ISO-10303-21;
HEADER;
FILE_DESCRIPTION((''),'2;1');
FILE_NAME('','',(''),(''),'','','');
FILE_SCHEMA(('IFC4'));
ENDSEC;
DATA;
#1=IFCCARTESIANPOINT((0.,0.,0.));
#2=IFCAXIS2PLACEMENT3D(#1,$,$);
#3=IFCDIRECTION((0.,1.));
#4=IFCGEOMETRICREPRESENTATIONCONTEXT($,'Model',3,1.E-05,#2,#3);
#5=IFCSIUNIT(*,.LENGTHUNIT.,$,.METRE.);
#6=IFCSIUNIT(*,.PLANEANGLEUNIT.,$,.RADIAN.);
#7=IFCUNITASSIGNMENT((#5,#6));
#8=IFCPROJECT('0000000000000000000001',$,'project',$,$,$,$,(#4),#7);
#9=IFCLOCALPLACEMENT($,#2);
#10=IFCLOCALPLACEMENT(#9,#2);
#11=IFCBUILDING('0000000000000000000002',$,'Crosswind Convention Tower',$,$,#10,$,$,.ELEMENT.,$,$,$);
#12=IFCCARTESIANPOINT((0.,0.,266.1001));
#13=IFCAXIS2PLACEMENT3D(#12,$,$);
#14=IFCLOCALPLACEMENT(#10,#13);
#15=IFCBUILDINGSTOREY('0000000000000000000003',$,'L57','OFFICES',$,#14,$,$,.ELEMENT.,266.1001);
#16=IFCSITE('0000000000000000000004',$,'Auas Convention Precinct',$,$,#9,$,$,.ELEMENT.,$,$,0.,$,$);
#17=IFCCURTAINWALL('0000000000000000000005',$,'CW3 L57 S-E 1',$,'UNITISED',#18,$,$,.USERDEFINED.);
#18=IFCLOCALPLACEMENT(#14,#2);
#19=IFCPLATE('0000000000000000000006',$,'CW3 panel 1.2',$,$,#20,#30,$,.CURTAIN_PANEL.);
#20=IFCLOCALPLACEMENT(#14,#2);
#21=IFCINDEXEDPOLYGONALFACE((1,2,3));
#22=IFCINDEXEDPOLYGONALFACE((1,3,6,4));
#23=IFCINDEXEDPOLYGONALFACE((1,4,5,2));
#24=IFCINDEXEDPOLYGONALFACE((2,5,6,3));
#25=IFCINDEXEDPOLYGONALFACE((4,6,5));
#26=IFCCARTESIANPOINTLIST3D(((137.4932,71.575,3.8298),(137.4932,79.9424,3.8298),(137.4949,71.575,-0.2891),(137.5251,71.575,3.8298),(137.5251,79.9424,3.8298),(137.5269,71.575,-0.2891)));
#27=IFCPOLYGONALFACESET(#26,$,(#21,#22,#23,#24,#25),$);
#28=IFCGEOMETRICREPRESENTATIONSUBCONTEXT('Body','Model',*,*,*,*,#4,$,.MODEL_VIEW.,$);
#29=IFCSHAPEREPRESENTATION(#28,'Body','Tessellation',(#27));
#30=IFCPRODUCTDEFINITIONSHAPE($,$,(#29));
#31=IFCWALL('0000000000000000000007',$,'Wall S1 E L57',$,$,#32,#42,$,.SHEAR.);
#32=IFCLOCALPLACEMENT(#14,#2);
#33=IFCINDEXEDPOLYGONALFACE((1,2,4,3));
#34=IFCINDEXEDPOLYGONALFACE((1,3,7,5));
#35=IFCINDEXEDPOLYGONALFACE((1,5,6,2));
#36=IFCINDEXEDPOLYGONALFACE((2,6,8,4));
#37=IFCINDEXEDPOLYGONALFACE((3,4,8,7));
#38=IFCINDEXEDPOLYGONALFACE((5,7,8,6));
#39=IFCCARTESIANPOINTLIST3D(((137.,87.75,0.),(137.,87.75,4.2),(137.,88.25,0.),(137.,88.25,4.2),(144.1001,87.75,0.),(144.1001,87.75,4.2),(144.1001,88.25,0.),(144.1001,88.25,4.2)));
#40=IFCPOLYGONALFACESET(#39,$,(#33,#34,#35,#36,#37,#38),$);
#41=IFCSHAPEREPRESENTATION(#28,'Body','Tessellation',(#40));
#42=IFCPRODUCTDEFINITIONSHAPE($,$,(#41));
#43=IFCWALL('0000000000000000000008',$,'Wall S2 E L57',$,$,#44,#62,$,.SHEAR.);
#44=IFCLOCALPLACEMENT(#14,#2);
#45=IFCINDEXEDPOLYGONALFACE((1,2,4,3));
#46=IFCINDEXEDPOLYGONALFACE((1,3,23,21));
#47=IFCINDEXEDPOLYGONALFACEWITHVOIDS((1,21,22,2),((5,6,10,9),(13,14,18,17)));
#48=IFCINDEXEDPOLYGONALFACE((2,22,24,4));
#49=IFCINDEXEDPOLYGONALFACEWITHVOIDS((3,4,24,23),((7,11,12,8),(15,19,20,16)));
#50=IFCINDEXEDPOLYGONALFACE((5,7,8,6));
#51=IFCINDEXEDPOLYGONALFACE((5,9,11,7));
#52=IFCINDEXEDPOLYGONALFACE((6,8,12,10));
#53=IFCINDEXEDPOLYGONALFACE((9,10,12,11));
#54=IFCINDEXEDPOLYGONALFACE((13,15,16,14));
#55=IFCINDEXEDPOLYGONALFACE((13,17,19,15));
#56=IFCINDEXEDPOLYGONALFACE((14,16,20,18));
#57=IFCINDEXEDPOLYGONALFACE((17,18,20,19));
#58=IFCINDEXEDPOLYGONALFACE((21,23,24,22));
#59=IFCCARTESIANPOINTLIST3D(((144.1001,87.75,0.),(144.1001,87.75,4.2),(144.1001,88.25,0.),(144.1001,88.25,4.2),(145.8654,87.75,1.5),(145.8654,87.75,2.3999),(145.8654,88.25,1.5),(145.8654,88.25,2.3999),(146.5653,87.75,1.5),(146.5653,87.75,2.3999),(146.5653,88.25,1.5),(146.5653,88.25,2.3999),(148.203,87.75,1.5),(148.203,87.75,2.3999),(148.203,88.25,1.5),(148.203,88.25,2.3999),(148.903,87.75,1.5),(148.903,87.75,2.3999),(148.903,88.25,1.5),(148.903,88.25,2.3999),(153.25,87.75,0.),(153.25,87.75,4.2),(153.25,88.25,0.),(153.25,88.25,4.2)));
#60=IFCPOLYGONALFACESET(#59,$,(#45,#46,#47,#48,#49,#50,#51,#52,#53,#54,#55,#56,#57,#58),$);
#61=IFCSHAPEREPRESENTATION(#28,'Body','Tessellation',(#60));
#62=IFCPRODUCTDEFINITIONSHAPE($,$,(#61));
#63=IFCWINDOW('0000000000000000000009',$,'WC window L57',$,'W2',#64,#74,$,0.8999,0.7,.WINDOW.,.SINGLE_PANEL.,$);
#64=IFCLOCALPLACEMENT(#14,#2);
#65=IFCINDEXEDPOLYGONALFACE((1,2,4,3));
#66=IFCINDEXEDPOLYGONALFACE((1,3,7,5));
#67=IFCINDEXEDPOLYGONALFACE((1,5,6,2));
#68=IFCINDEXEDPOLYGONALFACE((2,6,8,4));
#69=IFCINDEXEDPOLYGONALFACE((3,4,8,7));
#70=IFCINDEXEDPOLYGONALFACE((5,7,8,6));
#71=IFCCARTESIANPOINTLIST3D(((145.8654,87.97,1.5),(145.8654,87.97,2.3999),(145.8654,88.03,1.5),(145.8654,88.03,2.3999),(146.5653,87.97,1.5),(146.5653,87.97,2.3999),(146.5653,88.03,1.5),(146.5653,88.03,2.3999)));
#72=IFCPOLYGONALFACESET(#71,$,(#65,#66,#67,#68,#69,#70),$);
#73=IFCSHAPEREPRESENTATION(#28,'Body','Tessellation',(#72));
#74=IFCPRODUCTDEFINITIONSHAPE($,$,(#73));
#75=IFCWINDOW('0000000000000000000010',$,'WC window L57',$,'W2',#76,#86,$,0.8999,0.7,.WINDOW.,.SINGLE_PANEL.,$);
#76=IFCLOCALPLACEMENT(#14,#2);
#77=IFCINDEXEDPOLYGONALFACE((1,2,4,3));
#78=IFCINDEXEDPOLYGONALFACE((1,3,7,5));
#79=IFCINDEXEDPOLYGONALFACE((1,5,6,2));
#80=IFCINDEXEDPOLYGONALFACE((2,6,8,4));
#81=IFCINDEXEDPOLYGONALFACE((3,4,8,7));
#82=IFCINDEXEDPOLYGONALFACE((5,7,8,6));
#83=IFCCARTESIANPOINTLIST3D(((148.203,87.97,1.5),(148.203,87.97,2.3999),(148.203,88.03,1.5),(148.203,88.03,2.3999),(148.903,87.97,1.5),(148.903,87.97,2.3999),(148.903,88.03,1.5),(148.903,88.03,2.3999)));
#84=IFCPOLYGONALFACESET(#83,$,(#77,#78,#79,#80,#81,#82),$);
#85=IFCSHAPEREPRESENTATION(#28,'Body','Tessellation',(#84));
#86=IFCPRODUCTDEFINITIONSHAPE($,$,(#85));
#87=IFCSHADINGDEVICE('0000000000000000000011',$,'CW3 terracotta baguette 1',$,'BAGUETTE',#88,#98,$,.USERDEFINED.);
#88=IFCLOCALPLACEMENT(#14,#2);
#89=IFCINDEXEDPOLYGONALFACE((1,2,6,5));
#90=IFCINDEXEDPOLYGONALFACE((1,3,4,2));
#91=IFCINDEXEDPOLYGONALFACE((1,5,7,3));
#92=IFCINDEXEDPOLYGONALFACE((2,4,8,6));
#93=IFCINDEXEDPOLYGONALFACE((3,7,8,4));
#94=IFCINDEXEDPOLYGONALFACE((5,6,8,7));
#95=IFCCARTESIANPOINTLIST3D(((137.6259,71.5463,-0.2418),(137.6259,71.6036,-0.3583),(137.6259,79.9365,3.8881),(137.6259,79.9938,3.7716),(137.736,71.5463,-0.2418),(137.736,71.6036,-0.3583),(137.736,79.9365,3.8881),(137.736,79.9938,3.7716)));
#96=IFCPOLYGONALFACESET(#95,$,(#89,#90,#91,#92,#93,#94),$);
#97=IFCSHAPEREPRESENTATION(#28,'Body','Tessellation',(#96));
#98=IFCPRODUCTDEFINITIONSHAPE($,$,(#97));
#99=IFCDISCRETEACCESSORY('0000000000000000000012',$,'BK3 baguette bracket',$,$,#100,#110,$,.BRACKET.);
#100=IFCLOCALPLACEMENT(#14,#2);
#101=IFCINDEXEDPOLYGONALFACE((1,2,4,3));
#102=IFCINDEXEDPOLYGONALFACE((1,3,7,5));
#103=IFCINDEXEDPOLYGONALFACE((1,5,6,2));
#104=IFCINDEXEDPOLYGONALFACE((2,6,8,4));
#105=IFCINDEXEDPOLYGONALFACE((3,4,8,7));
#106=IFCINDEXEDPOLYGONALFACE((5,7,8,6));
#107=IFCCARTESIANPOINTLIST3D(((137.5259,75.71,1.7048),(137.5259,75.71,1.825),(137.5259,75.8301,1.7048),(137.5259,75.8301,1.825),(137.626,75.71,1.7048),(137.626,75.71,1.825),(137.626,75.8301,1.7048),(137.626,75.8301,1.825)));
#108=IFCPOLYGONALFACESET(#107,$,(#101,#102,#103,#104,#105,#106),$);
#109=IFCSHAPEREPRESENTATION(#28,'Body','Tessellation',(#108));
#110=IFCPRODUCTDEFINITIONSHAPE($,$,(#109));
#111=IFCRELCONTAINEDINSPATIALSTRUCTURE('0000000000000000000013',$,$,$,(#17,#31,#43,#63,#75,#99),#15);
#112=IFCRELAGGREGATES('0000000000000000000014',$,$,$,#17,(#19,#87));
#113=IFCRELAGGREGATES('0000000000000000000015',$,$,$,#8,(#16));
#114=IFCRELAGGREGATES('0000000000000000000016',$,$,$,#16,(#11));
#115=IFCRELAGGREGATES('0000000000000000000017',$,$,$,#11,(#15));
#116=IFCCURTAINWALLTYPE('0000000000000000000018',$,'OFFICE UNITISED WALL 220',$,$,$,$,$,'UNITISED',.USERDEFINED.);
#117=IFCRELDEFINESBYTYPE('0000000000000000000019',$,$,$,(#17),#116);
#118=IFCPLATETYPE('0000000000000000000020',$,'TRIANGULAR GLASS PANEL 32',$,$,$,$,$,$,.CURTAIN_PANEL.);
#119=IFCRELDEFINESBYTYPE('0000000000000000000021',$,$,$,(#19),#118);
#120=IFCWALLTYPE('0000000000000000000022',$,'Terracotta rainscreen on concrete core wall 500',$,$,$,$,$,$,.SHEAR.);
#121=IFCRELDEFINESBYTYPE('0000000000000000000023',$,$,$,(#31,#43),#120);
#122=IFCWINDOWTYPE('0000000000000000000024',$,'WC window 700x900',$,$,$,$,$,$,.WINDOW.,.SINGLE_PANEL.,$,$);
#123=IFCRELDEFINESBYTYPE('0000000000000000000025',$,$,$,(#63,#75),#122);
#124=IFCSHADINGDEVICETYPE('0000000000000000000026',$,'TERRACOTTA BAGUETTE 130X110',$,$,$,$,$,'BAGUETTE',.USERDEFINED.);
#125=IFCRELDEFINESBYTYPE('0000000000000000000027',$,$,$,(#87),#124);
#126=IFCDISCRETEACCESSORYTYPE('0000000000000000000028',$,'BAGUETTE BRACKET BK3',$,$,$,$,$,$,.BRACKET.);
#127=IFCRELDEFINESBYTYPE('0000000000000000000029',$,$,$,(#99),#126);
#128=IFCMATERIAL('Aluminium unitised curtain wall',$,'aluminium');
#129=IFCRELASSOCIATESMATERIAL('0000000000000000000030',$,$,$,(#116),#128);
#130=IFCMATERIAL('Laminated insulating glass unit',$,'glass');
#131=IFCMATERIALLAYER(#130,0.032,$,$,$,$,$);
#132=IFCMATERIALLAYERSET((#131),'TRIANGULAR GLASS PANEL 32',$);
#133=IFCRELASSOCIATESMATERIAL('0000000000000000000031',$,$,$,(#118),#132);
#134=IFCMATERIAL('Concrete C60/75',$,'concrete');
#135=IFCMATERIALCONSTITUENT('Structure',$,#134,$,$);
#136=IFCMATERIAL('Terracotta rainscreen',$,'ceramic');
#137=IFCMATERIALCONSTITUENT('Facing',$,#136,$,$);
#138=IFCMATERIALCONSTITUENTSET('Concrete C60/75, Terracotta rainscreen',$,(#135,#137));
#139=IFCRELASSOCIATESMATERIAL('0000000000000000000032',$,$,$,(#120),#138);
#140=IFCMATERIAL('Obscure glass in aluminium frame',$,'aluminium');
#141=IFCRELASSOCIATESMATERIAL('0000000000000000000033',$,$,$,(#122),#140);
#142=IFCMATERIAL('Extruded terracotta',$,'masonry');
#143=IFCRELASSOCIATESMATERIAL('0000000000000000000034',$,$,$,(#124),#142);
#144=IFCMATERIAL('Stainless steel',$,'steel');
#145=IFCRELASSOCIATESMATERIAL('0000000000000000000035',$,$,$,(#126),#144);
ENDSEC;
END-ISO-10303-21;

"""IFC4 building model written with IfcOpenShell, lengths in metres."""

from ifc_helpers import new_model, si_unit, direction, frame, frame_2d, origin, origin_2d, place, context, subcontext, project, spatial, polyline, rectangle, outline, extrude, material, layer, layer_set, constituent, constituent_set, material_profile, profile_set, type_object, element, fill, aggregate, save


model = new_model("IFC4")

# Units and contexts
model_context = context("Model", 3, precision=1e-05, world=origin(), true_north=direction((0.0, 1.0)))
body_context = subcontext(model_context, "Body", "Model", "MODEL_VIEW")
ifc_project = project(units=[si_unit("LENGTHUNIT", "METRE"), si_unit("PLANEANGLEUNIT", "RADIAN")], contexts=[model_context])

# Site, building, storey
site_placement = place(None, origin())
site = spatial("IfcSite", under=ifc_project, at=site_placement, Name="Auas Convention Precinct", CompositionType="ELEMENT", RefElevation=0.0)
building_placement = place(site_placement, origin())
building = spatial("IfcBuilding", under=site, at=building_placement, Name="Crosswind Convention Tower", CompositionType="ELEMENT")
storey_placement = place(building_placement, frame((0.0, 0.0, 266.1001)))
storey = spatial("IfcBuildingStorey", under=building, at=storey_placement, Name="L57", Description="OFFICES", CompositionType="ELEMENT", Elevation=266.1001)

# Shared definitions
ifc_material_1 = material(Name="Concrete C60/75", Category="concrete")

# Shared definitions
ifc_material_2 = material(Name="Aluminium unitised curtain wall", Category="aluminium")

# Curtain wall
curtain_wall_type_1 = type_object("IfcCurtainWallType", Name="OFFICE UNITISED WALL 220", ElementType="UNITISED", PredefinedType="USERDEFINED", material=ifc_material_2)
curtain_wall_1_placement = place(storey_placement, origin())
curtain_wall_1 = element("IfcCurtainWall", 1, at=curtain_wall_1_placement, inside=storey, type_object=curtain_wall_type_1, Name="CW3 L57 S-E 1", ObjectType="UNITISED", PredefinedType="USERDEFINED")

# Plate
ifc_material_3 = material(Name="Laminated insulating glass unit", Category="glass")
ifc_layer_1 = layer(ifc_material_3, 0.032)
ifc_layer_set_1 = layer_set([ifc_layer_1], Name="TRIANGULAR GLASS PANEL 32")
plate_type_1 = type_object("IfcPlateType", Name="TRIANGULAR GLASS PANEL 32", PredefinedType="CURTAIN_PANEL", material=ifc_layer_set_1)
plate_1_placement = place(storey_placement, frame((137.5251, 71.575, 3.8298), z_axis=(1.0, 0.0, 0.000415), x_axis=(0.000415, 0.0, -1.0)))
plate_1 = element("IfcPlate", 2, at=plate_1_placement, type_object=plate_type_1, Name="CW3 panel 1.2", PredefinedType="CURTAIN_PANEL", context=body_context, shape_type="SweptSolid", body=[
    extrude(outline(polyline([(0.0, 0.0), (4.1189, 0.0), (0.0, 8.3674), (0.0, 0.0)])), origin(), (0.0, 0.0, -1.0), 0.032),
])

# Wall
ifc_constituent_1 = constituent(ifc_material_1, Name="Structure")
ifc_material_4 = material(Name="Terracotta rainscreen", Category="ceramic")
ifc_constituent_2 = constituent(ifc_material_4, Name="Facing")
ifc_constituent_set = constituent_set(constituents=[ifc_constituent_1, ifc_constituent_2], Name="Concrete C60/75, Terracotta rainscreen")
wall_type = type_object("IfcWallType", Name="Terracotta rainscreen on concrete core wall 500", PredefinedType="SHEAR", material=ifc_constituent_set)
wall_1_placement = place(storey_placement, frame((137.0, 88.0, 0.0), z_axis=(0.0, 0.0, 1.0), x_axis=(1.0, 0.0, 0.0)))
element("IfcWall", 3, at=wall_1_placement, inside=storey, type_object=wall_type, Name="Wall S1 E L57", PredefinedType="SHEAR", context=body_context, shape_type="SweptSolid", body=[
    extrude(rectangle(XDim=7.1001, YDim=0.5, at=frame_2d((3.55, 0.0))), origin(), (0.0, 0.0, 1.0), 4.2),
])

# Wall, openings, windows
wall_2_placement = place(storey_placement, frame((144.1001, 88.0, 0.0), z_axis=(0.0, 0.0, 1.0), x_axis=(1.0, 0.0, 0.0)))
wall_2 = element("IfcWall", 4, at=wall_2_placement, inside=storey, type_object=wall_type, Name="Wall S2 E L57", PredefinedType="SHEAR", context=body_context, shape_type="SweptSolid", body=[
    extrude(rectangle(XDim=9.1499, YDim=0.5, at=frame_2d((4.575, 0.0))), origin(), (0.0, 0.0, 1.0), 4.2),
])
opening_1_placement = place(wall_2_placement, frame((1.7651, 0.0, 1.5)))
opening_1 = element("IfcOpeningElement", 5, at=opening_1_placement, cuts=wall_2, PredefinedType="OPENING", context=body_context, shape_type="SweptSolid", body=[
    extrude(rectangle(XDim=0.7, YDim=0.8999, at=frame_2d((0.3501, 0.45))), frame((0.0, 0.26, 0.0), z_axis=(0.0, -1.0, 0.0), x_axis=(1.0, 0.0, 0.0)), (0.0, 0.0, 1.0), 0.52),
])
opening_2_placement = place(wall_2_placement, frame((4.1028, 0.0, 1.5)))
opening_2 = element("IfcOpeningElement", 6, at=opening_2_placement, cuts=wall_2, PredefinedType="OPENING", context=body_context, shape_type="SweptSolid", body=[
    extrude(rectangle(XDim=0.7, YDim=0.8999, at=frame_2d((0.3501, 0.45))), frame((0.0, 0.26, 0.0), z_axis=(0.0, -1.0, 0.0), x_axis=(1.0, 0.0, 0.0)), (0.0, 0.0, 1.0), 0.52),
])
ifc_material_5 = material(Name="Obscure glass in aluminium frame", Category="aluminium")
window_type = type_object("IfcWindowType", Name="WC window 700x900", PartitioningType="SINGLE_PANEL", PredefinedType="WINDOW", material=ifc_material_5)
window_1_placement = place(opening_1_placement, origin())
window_1 = element("IfcWindow", 7, at=window_1_placement, inside=storey, type_object=window_type, Name="WC window L57", ObjectType="W2", OverallHeight=0.8999, OverallWidth=0.7, PartitioningType="SINGLE_PANEL", PredefinedType="WINDOW", context=body_context, shape_type="SweptSolid", body=[
    extrude(rectangle(XDim=0.7, YDim=0.8999, at=frame_2d((0.3501, 0.45))), frame((0.0, 0.03, 0.0), z_axis=(0.0, -1.0, 0.0), x_axis=(1.0, 0.0, 0.0)), (0.0, 0.0, 1.0), 0.0601),
])
fill(opening_1, window_1)
window_2_placement = place(opening_2_placement, origin())
window_2 = element("IfcWindow", 8, at=window_2_placement, inside=storey, type_object=window_type, Name="WC window L57", ObjectType="W2", OverallHeight=0.8999, OverallWidth=0.7, PartitioningType="SINGLE_PANEL", PredefinedType="WINDOW", context=body_context, shape_type="SweptSolid", body=[
    extrude(rectangle(XDim=0.7, YDim=0.8999, at=frame_2d((0.3501, 0.45))), frame((0.0, 0.03, 0.0), z_axis=(0.0, -1.0, 0.0), x_axis=(1.0, 0.0, 0.0)), (0.0, 0.0, 1.0), 0.0601),
])
fill(opening_2, window_2)

# Shading device
ifc_material_6 = material(Name="Extruded terracotta", Category="masonry")
ifc_material_profile_1 = material_profile(ifc_material_6, rectangle(XDim=0.1101, YDim=0.1299, at=origin_2d()), Name="TC 110X130")
ifc_profile_set_1 = profile_set([ifc_material_profile_1], Name="Extruded terracotta")
shading_device_type = type_object("IfcShadingDeviceType", Name="TERRACOTTA BAGUETTE 130X110", ElementType="BAGUETTE", PredefinedType="USERDEFINED", material=ifc_profile_set_1)
shading_device_placement = place(storey_placement, frame((137.6809, 71.575, -0.3), z_axis=(0.0, 0.897198, 0.441628), x_axis=(-1.0, 0.0, 0.0)))
shading_device = element("IfcShadingDevice", 9, at=shading_device_placement, type_object=shading_device_type, Name="CW3 terracotta baguette 1", ObjectType="BAGUETTE", PredefinedType="USERDEFINED", context=body_context, shape_type="SweptSolid", body=[
    extrude(rectangle(XDim=0.1101, YDim=0.1299, at=origin_2d()), origin(), (0.0, 0.0, 1.0), 9.3516),
])
aggregate(curtain_wall_1, [plate_1, shading_device])

# Discrete accessory
ifc_material_7 = material(Name="Stainless steel", Category="steel")
discrete_accessory_type = type_object("IfcDiscreteAccessoryType", Name="BAGUETTE BRACKET BK3", PredefinedType="BRACKET", material=ifc_material_7)
discrete_accessory_placement = place(storey_placement, frame((137.5759, 75.77, 1.7048), z_axis=(0.0, 0.0, 1.0), x_axis=(0.0, 1.0, 0.0)))
element("IfcDiscreteAccessory", 10, at=discrete_accessory_placement, inside=storey, type_object=discrete_accessory_type, Name="BK3 baguette bracket", PredefinedType="BRACKET", context=body_context, shape_type="SweptSolid", body=[
    extrude(rectangle(XDim=0.1201, YDim=0.1001, at=origin_2d()), origin(), (0.0, 0.0, 1.0), 0.1201),
])

save(model, "model.ifc")
